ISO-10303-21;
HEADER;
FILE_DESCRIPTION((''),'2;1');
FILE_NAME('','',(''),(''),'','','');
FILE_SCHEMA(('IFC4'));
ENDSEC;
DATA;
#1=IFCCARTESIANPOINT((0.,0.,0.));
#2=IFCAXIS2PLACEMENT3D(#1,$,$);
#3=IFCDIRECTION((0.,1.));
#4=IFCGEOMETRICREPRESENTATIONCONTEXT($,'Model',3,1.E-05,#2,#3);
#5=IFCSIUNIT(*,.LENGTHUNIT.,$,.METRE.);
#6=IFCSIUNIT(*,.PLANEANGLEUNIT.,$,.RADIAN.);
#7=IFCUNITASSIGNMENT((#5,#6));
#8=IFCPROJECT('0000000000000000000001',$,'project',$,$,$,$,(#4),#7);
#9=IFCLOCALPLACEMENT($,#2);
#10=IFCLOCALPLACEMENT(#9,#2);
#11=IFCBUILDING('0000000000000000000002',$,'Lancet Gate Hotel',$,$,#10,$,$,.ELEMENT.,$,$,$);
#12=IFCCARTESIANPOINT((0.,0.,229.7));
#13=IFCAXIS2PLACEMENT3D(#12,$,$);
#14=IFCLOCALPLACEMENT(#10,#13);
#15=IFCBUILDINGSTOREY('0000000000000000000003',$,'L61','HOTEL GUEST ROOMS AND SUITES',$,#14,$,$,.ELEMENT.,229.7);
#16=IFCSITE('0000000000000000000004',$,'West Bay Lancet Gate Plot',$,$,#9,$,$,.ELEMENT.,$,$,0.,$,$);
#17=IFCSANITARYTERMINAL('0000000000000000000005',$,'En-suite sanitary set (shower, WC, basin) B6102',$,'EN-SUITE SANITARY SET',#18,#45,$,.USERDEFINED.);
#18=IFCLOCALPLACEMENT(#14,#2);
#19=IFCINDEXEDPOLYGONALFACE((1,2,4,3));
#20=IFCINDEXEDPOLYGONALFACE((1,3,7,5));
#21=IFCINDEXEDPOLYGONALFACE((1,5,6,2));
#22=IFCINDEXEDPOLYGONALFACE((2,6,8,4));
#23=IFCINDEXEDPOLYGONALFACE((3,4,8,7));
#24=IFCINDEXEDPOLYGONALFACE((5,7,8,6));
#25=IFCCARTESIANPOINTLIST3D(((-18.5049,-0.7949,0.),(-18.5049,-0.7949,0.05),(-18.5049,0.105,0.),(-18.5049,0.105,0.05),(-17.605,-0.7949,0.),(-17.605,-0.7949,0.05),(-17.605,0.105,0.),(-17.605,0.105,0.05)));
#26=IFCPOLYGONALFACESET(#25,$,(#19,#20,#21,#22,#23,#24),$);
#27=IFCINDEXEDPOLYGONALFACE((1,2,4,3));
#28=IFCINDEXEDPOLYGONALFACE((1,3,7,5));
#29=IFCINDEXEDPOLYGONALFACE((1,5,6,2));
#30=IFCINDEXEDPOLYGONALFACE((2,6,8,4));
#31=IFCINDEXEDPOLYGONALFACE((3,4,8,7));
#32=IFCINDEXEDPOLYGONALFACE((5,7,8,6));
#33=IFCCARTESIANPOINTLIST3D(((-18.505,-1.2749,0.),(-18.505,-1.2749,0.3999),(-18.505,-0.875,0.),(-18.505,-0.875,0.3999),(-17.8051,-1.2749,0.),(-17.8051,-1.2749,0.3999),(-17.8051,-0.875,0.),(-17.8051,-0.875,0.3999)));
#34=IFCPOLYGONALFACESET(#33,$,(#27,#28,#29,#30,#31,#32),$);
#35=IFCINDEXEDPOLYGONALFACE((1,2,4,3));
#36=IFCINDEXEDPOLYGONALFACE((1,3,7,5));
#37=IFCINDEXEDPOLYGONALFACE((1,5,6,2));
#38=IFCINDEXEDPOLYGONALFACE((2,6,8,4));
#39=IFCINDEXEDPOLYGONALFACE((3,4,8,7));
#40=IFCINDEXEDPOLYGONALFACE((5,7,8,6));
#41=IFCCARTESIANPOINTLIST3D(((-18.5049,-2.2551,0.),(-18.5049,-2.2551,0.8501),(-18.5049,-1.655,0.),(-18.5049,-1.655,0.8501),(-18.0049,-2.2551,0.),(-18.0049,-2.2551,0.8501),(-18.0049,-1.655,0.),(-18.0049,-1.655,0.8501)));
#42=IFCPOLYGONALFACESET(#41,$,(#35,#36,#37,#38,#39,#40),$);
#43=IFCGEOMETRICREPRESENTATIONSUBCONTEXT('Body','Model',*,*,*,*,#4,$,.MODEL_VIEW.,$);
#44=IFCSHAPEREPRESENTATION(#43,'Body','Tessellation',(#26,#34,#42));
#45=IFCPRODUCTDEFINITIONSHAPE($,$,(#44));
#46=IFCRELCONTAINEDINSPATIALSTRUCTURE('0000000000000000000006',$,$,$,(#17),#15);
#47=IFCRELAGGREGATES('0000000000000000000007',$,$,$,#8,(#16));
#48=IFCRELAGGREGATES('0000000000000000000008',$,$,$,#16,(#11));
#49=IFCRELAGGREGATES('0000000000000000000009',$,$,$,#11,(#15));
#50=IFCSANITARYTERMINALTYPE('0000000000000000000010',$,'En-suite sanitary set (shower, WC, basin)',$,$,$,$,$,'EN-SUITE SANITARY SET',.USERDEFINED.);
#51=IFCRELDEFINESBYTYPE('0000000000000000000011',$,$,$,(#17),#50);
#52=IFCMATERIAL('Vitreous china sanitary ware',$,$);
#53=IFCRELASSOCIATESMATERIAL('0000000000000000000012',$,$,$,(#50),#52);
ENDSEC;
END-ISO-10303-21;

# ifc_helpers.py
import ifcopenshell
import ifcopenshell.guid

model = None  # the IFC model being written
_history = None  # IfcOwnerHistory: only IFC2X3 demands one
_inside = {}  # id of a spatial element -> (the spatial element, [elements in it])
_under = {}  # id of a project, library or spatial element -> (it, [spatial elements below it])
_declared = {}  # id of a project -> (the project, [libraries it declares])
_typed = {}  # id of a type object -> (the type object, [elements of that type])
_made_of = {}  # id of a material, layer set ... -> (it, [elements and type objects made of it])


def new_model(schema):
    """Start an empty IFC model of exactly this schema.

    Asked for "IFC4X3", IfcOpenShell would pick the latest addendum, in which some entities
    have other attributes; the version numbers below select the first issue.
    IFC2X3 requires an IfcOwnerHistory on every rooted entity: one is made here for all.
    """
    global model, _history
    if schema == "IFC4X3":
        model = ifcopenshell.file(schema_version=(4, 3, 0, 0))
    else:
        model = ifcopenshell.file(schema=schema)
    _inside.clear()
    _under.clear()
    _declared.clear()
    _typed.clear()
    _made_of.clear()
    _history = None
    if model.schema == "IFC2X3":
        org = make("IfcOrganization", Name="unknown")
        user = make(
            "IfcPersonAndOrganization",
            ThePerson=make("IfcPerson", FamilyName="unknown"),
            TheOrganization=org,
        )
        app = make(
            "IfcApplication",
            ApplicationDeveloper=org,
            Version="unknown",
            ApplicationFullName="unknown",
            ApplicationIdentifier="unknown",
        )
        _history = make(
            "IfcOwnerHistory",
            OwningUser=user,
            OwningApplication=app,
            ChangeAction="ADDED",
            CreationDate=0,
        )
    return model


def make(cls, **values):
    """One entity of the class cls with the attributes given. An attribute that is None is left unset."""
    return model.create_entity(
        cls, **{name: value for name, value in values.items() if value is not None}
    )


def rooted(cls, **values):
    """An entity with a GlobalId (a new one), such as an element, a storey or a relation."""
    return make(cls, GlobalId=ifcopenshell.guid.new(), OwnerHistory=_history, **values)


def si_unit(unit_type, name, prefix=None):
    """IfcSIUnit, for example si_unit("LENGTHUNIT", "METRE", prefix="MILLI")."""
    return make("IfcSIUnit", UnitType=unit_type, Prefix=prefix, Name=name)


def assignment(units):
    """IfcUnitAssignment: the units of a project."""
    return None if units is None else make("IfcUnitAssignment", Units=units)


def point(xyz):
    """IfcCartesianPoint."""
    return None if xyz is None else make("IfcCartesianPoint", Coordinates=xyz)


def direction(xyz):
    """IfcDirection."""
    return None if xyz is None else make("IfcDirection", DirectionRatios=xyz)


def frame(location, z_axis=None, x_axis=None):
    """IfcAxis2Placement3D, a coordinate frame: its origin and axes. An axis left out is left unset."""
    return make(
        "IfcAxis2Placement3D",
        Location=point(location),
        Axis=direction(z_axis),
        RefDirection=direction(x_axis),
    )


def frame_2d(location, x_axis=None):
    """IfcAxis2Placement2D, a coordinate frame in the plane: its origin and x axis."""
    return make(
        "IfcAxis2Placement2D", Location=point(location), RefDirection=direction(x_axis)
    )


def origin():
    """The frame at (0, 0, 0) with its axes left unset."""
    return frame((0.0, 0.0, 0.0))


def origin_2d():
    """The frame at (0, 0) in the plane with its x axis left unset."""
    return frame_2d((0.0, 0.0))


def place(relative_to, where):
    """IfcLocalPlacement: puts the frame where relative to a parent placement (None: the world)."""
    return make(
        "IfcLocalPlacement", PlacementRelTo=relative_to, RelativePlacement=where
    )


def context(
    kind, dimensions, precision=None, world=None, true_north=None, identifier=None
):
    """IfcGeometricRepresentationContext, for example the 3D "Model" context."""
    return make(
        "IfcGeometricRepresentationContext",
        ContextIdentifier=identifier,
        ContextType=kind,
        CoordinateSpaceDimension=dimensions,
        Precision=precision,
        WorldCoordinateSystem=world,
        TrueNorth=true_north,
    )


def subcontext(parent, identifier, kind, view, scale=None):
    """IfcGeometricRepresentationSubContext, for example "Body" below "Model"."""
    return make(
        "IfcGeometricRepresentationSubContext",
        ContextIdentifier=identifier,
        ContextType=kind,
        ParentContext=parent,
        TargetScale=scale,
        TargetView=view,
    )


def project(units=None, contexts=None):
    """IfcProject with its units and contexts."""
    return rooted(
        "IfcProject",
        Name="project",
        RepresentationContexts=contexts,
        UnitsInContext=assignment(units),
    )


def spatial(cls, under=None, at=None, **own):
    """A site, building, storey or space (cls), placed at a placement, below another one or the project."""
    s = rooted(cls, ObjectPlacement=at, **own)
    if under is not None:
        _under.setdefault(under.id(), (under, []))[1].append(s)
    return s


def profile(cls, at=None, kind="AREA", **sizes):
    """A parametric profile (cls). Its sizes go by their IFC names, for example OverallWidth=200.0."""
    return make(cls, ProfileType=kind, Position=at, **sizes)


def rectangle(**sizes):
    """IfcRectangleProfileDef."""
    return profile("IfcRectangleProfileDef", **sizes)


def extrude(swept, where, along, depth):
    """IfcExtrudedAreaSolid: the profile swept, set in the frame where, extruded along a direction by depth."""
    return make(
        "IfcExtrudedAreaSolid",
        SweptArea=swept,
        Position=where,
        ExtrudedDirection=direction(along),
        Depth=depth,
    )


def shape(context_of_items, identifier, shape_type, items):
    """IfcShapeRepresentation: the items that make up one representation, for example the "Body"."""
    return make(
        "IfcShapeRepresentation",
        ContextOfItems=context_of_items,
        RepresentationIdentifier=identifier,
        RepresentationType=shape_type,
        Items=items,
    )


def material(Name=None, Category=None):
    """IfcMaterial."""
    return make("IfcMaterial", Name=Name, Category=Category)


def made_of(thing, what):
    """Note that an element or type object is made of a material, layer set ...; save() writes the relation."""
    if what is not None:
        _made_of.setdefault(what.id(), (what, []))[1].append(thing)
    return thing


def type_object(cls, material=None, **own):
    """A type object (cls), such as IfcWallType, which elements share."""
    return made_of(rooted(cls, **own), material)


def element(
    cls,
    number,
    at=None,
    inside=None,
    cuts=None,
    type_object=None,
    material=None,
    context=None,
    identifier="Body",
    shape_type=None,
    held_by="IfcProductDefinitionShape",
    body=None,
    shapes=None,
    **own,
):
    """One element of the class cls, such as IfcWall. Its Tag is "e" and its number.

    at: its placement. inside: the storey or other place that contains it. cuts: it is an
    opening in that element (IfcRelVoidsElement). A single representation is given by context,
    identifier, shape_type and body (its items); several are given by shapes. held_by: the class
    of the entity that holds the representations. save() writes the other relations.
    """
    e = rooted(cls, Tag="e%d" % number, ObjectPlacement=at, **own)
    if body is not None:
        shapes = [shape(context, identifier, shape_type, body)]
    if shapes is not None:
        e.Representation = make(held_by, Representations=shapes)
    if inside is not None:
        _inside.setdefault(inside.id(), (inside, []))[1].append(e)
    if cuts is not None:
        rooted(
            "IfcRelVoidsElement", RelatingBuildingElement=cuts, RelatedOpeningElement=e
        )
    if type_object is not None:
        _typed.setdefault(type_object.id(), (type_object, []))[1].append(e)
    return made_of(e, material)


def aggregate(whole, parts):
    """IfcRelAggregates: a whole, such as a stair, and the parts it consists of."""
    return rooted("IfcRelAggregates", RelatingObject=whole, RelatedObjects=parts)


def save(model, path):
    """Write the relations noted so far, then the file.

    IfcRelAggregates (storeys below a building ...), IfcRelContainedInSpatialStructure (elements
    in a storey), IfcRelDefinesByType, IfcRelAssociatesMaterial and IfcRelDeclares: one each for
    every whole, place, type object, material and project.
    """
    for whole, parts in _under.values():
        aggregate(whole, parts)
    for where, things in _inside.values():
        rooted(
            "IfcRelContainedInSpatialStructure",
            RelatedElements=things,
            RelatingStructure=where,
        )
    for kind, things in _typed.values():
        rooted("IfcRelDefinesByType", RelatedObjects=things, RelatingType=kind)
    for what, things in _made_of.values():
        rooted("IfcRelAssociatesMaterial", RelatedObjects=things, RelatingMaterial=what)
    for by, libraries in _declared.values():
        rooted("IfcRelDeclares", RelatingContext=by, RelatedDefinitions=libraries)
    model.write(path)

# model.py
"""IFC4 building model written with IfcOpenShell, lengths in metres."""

from ifc_helpers import new_model, si_unit, direction, frame, origin, origin_2d, place, context, subcontext, project, spatial, rectangle, extrude, material, type_object, element, save


model = new_model("IFC4")

# Units and contexts
model_context = context("Model", 3, precision=1e-05, world=origin(), true_north=direction((0.0, 1.0)))
body_context = subcontext(model_context, "Body", "Model", "MODEL_VIEW")
ifc_project = project(units=[si_unit("LENGTHUNIT", "METRE"), si_unit("PLANEANGLEUNIT", "RADIAN")], contexts=[model_context])

# Site, building, storey
site_placement = place(None, origin())
site = spatial("IfcSite", under=ifc_project, at=site_placement, Name="West Bay Lancet Gate Plot", CompositionType="ELEMENT", RefElevation=0.0)
building_placement = place(site_placement, origin())
building = spatial("IfcBuilding", under=site, at=building_placement, Name="Lancet Gate Hotel", CompositionType="ELEMENT")
storey_placement = place(building_placement, frame((0.0, 0.0, 229.7)))
storey = spatial("IfcBuildingStorey", under=building, at=storey_placement, Name="L61", Description="HOTEL GUEST ROOMS AND SUITES", CompositionType="ELEMENT", Elevation=229.7)

# Sanitary terminal
ifc_material_1 = material(Name="Vitreous china sanitary ware")
sanitary_terminal_type = type_object("IfcSanitaryTerminalType", Name="En-suite sanitary set (shower, WC, basin)", ElementType="EN-SUITE SANITARY SET", PredefinedType="USERDEFINED", material=ifc_material_1)
sanitary_terminal_placement = place(storey_placement, frame((-18.0549, -0.345, 0.0), z_axis=(0.0, 0.0, 1.0), x_axis=(1.0, 0.0, 0.0)))
element("IfcSanitaryTerminal", 1, at=sanitary_terminal_placement, inside=storey, type_object=sanitary_terminal_type, Name="En-suite sanitary set (shower, WC, basin) B6102", ObjectType="EN-SUITE SANITARY SET", PredefinedType="USERDEFINED", context=body_context, shape_type="SweptSolid", body=[
    extrude(rectangle(XDim=0.8999, YDim=0.8999, at=origin_2d()), frame((0.0, 0.0, 0.0), z_axis=(0.0, 0.0, 1.0), x_axis=(0.0, 1.0, 0.0)), (0.0, 0.0, 1.0), 0.05),
    extrude(rectangle(XDim=0.3999, YDim=0.7, at=origin_2d()), frame((-0.1001, -0.73, 0.0), z_axis=(0.0, 0.0, 1.0), x_axis=(0.0, 1.0, 0.0)), (0.0, 0.0, 1.0), 0.3999),
    extrude(rectangle(XDim=0.6001, YDim=0.5, at=origin_2d()), frame((-0.2, -1.6101, 0.0), z_axis=(0.0, 0.0, 1.0), x_axis=(0.0, 1.0, 0.0)), (0.0, 0.0, 1.0), 0.8501),
])

save(model, "model.ifc")
